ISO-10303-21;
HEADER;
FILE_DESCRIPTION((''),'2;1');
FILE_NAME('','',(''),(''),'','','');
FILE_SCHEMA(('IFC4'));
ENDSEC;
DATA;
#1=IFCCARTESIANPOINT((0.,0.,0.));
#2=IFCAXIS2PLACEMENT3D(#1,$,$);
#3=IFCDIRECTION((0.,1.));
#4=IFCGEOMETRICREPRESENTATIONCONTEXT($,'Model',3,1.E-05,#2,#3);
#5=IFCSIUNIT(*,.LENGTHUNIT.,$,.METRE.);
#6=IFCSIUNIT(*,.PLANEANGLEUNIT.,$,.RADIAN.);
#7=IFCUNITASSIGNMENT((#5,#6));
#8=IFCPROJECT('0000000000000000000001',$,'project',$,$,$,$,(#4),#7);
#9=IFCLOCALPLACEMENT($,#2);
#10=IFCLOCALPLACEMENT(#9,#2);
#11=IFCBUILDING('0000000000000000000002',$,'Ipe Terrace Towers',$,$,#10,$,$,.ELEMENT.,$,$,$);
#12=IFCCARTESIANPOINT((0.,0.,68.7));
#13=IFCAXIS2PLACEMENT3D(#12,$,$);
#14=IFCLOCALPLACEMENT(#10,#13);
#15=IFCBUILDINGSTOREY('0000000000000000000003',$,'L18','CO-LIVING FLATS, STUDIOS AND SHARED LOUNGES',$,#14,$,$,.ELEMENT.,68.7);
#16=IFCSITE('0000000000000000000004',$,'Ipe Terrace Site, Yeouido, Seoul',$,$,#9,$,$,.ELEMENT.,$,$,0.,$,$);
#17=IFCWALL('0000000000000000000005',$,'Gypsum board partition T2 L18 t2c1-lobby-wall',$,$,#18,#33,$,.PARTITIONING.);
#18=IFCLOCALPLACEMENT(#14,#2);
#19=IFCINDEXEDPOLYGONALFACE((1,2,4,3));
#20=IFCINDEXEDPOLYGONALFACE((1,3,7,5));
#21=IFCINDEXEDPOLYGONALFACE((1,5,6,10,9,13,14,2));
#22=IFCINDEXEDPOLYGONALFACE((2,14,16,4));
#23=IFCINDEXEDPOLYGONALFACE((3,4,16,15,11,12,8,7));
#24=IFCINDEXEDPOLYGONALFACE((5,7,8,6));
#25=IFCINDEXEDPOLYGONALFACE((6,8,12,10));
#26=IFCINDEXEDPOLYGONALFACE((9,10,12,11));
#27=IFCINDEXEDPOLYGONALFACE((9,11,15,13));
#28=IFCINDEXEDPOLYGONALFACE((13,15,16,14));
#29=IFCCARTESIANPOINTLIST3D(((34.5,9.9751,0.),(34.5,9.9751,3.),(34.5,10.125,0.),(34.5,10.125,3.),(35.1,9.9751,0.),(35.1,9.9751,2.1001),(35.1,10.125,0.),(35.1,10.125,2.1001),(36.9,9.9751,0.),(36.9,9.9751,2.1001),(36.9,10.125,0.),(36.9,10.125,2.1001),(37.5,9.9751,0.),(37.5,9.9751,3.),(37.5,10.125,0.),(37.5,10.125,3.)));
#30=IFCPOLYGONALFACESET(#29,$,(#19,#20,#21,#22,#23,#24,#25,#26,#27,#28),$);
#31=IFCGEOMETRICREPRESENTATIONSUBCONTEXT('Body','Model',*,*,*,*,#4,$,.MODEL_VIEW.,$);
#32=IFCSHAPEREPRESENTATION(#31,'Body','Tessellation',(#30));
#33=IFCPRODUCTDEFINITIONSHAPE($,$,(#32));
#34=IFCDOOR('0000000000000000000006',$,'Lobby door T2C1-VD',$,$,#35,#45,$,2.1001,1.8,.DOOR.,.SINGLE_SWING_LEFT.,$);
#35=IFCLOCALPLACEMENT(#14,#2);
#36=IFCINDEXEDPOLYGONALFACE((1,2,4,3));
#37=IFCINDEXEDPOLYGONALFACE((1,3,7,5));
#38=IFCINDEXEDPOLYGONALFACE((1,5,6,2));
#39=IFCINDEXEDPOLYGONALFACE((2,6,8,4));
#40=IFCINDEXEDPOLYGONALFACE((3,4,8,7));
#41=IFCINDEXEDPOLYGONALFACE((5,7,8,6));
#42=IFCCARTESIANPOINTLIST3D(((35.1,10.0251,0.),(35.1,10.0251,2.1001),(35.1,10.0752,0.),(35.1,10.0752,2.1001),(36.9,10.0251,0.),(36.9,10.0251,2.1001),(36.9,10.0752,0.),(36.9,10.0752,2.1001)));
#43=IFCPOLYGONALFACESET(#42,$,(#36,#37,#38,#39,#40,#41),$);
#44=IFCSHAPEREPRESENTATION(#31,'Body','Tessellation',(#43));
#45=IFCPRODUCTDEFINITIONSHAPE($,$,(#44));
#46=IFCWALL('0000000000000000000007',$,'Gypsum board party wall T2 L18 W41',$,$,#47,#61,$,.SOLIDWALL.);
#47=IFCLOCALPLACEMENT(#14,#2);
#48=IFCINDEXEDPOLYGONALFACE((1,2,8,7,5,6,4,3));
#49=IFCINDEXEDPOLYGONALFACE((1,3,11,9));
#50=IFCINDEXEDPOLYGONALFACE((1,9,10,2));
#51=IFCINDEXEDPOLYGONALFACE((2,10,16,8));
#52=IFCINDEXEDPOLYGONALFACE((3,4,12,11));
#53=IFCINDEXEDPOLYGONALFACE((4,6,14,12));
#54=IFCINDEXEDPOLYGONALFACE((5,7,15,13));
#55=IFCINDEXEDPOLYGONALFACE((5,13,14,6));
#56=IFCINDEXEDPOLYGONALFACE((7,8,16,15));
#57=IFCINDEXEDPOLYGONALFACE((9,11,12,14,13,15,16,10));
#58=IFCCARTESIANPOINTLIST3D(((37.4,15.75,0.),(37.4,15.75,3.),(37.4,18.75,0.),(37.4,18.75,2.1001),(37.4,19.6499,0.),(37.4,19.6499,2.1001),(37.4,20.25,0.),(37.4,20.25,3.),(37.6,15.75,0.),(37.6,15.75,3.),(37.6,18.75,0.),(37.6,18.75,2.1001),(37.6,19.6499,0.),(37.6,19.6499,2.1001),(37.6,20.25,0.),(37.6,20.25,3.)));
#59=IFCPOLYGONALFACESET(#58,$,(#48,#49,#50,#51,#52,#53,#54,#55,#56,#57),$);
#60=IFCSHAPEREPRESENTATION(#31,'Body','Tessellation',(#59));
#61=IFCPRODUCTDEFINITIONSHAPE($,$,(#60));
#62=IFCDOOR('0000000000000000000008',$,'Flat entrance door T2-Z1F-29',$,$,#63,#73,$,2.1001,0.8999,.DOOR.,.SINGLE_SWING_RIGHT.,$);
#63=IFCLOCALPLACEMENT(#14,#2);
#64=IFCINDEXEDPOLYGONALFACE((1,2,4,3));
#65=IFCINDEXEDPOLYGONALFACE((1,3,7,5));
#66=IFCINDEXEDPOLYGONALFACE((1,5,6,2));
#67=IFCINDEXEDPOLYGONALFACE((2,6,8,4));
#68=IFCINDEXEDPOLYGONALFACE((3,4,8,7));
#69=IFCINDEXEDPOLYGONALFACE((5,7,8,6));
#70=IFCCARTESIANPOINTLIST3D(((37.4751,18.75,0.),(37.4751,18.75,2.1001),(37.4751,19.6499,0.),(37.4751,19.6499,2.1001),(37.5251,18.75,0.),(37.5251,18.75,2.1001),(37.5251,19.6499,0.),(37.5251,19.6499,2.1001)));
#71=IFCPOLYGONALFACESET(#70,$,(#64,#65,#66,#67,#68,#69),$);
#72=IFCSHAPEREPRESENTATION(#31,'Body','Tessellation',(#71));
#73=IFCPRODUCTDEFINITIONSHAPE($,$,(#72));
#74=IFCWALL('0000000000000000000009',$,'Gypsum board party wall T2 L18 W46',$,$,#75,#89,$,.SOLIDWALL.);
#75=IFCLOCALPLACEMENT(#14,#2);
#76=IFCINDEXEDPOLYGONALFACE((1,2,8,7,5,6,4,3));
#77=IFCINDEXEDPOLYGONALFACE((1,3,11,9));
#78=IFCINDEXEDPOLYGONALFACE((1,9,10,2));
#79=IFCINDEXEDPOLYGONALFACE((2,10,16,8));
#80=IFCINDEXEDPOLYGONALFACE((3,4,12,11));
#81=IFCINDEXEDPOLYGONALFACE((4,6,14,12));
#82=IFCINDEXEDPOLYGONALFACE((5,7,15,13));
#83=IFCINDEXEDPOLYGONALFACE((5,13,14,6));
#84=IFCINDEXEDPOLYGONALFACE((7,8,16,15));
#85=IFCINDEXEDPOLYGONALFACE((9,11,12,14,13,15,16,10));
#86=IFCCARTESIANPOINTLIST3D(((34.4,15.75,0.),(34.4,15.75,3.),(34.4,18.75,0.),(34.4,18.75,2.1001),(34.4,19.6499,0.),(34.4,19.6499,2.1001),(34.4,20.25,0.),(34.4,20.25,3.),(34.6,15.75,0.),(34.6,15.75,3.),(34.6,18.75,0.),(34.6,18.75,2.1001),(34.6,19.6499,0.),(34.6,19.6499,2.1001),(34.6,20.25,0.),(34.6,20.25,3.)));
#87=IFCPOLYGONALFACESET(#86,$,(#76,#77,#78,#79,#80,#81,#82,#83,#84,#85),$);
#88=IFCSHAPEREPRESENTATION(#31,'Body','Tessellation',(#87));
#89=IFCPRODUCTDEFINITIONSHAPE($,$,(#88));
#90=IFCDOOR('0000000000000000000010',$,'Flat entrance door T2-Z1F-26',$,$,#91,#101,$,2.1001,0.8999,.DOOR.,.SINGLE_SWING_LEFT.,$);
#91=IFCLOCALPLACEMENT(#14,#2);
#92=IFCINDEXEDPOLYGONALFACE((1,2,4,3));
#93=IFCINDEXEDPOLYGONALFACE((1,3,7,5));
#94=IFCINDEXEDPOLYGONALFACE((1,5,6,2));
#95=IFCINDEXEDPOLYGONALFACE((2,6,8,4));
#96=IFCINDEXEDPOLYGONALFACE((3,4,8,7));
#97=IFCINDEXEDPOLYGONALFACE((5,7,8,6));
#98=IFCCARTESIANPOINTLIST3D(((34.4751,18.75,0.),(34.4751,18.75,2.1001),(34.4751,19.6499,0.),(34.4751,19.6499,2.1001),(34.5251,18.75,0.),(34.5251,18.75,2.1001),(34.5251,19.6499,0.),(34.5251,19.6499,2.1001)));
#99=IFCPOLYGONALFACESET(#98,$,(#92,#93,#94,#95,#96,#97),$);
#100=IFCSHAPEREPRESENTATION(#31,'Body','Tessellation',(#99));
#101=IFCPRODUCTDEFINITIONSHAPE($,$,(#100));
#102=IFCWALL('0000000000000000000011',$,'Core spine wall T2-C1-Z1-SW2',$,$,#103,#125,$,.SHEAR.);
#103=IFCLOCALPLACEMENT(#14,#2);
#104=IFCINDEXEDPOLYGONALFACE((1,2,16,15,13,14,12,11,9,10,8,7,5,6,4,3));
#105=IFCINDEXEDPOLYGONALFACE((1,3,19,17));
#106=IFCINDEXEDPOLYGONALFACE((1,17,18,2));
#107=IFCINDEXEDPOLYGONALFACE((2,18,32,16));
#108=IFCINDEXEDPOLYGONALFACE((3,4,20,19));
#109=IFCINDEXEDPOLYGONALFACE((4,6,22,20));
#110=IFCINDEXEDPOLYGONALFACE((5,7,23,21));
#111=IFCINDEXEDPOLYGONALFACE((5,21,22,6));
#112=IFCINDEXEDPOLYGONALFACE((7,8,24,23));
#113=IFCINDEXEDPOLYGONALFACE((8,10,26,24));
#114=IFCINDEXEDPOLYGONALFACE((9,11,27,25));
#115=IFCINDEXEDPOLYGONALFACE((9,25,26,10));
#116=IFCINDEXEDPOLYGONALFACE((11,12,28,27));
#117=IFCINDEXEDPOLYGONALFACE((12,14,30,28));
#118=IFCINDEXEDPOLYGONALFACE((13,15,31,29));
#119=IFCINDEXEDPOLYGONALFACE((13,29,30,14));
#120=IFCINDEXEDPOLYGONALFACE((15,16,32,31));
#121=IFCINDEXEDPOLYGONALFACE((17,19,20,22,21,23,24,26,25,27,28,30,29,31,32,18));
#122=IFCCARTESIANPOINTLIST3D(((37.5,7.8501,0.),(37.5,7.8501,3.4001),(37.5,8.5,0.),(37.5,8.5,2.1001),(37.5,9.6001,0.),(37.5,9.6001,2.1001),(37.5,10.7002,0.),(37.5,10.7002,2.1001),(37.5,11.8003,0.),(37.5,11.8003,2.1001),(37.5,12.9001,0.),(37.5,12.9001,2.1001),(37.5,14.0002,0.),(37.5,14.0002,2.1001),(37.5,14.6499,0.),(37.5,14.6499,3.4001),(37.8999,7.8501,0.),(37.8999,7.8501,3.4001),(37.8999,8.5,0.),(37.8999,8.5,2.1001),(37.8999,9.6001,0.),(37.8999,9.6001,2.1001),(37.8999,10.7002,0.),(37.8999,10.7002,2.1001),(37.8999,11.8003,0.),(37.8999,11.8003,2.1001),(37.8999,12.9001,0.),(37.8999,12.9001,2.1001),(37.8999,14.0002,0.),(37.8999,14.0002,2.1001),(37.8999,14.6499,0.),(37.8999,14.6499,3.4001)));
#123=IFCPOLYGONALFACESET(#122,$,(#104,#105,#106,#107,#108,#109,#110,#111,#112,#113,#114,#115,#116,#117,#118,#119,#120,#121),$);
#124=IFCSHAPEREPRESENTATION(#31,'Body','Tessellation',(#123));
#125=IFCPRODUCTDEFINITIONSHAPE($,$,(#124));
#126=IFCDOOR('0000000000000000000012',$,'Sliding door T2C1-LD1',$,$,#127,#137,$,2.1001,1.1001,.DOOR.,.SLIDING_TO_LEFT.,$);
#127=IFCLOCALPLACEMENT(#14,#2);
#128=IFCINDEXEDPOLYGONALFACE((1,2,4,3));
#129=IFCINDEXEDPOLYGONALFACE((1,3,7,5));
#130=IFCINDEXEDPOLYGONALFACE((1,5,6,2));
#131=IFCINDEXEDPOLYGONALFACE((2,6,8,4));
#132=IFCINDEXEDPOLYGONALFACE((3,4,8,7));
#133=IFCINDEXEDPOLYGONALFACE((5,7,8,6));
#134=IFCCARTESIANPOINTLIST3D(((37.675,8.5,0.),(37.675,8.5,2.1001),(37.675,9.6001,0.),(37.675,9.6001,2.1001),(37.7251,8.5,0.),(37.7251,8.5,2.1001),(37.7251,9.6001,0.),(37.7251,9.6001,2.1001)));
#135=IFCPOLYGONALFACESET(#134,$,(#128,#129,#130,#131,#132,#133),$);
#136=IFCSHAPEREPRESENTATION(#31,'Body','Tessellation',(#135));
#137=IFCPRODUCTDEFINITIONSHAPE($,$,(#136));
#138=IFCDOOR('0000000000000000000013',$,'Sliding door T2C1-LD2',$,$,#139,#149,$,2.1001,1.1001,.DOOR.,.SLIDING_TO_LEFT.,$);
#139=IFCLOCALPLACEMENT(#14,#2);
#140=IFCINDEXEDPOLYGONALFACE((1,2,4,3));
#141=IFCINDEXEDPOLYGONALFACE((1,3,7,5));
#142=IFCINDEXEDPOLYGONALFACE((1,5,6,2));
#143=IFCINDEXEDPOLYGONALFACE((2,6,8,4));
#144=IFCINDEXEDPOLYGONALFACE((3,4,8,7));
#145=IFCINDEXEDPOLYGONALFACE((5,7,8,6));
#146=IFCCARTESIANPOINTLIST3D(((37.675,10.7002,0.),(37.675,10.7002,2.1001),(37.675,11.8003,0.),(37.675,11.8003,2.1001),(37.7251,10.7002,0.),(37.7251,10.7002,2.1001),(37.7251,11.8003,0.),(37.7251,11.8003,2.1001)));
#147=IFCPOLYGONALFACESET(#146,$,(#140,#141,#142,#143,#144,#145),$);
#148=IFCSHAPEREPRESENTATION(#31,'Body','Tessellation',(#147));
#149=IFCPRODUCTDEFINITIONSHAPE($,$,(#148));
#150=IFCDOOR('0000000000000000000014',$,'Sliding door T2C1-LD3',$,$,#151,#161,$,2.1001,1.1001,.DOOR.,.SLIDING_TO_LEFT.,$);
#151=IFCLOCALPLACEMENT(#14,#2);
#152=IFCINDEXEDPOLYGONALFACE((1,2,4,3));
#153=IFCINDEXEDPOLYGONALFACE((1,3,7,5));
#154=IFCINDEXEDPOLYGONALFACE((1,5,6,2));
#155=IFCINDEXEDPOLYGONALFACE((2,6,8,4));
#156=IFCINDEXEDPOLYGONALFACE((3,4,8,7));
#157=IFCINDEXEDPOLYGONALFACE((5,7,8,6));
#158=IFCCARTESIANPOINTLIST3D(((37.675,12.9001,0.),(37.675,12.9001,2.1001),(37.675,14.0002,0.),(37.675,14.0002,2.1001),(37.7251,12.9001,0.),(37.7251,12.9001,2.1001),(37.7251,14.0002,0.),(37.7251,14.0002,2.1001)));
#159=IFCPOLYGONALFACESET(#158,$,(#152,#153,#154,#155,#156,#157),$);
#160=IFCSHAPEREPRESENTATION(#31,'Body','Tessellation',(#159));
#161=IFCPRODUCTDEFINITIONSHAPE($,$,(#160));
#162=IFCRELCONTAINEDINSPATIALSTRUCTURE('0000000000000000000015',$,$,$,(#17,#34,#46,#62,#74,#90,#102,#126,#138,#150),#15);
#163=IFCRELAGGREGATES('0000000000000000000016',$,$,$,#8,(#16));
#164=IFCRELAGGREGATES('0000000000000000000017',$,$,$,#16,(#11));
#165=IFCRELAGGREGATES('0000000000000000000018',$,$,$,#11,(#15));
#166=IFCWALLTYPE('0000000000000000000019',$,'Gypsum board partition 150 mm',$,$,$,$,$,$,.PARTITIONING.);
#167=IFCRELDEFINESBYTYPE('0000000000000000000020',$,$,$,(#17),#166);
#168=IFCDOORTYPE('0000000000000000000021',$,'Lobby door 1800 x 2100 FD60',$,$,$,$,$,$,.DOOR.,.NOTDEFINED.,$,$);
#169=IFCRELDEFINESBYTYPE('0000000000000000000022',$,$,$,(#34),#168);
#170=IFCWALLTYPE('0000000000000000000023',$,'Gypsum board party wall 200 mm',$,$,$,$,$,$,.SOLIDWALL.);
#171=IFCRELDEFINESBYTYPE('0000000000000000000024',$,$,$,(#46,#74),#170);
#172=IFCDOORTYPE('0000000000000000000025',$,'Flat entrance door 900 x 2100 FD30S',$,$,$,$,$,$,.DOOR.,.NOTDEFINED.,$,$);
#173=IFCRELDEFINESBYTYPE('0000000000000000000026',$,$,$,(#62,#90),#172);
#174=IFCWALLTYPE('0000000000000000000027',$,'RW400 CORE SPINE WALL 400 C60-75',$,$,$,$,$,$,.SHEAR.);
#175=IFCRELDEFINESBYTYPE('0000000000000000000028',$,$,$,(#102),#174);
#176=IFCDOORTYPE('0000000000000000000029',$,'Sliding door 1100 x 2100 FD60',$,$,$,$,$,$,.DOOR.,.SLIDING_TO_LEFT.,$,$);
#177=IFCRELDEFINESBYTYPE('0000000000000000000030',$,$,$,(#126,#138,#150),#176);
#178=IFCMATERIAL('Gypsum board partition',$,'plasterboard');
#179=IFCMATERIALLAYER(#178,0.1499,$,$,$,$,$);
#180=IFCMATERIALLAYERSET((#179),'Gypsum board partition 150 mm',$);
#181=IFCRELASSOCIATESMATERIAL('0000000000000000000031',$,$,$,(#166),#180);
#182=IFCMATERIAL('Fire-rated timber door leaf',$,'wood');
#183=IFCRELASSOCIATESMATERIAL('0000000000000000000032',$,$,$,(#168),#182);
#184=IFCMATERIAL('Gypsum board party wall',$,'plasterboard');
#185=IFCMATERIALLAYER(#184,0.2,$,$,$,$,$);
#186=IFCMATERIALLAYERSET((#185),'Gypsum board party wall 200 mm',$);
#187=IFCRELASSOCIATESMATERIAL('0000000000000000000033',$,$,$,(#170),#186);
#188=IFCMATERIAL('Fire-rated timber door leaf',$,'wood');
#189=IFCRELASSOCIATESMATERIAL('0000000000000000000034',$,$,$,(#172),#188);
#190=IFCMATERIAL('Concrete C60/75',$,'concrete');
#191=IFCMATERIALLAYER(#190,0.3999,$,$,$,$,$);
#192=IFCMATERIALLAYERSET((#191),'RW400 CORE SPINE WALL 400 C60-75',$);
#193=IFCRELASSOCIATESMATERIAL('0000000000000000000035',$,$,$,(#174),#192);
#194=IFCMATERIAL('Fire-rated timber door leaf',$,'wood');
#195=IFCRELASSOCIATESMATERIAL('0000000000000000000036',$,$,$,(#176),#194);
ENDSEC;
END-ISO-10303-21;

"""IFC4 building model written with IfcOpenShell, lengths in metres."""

from ifc_helpers import new_model, si_unit, direction, frame, frame_2d, origin, place, context, subcontext, project, spatial, rectangle, extrude, material, layer, layer_set, type_object, element, fill, save


model = new_model("IFC4")

# Units and contexts
model_context = context("Model", 3, precision=1e-05, world=origin(), true_north=direction((0.0, 1.0)))
body_context = subcontext(model_context, "Body", "Model", "MODEL_VIEW")
ifc_project = project(units=[si_unit("LENGTHUNIT", "METRE"), si_unit("PLANEANGLEUNIT", "RADIAN")], contexts=[model_context])

# Site, building, storey
site_placement = place(None, origin())
site = spatial("IfcSite", under=ifc_project, at=site_placement, Name="Ipe Terrace Site, Yeouido, Seoul", CompositionType="ELEMENT", RefElevation=0.0)
building_placement = place(site_placement, origin())
building = spatial("IfcBuilding", under=site, at=building_placement, Name="Ipe Terrace Towers", CompositionType="ELEMENT")
storey_placement = place(building_placement, frame((0.0, 0.0, 68.7)))
storey = spatial("IfcBuildingStorey", under=building, at=storey_placement, Name="L18", Description="CO-LIVING FLATS, STUDIOS AND SHARED LOUNGES", CompositionType="ELEMENT", Elevation=68.7)

# Walls, openings, doors
ifc_material_1 = material(Name="Gypsum board partition", Category="plasterboard")
ifc_layer_1 = layer(ifc_material_1, 0.1499)
ifc_layer_set_1 = layer_set([ifc_layer_1], Name="Gypsum board partition 150 mm")
wall_type_1 = type_object("IfcWallType", Name="Gypsum board partition 150 mm", PredefinedType="PARTITIONING", material=ifc_layer_set_1)
wall_1_placement = place(storey_placement, frame((37.5, 10.05, 0.0), z_axis=(0.0, 0.0, 1.0), x_axis=(-1.0, 0.0, 0.0)))
wall_1 = element("IfcWall", 1, at=wall_1_placement, inside=storey, type_object=wall_type_1, Name="Gypsum board partition T2 L18 t2c1-lobby-wall", PredefinedType="PARTITIONING", context=body_context, shape_type="SweptSolid", body=[
    extrude(rectangle(XDim=3.0, YDim=0.1499, at=frame_2d((1.5, 0.0))), origin(), (0.0, 0.0, 1.0), 3.0),
])
opening_1_placement = place(wall_1_placement, frame((0.6001, 0.0, 0.0)))
opening_1 = element("IfcOpeningElement", 2, at=opening_1_placement, cuts=wall_1, PredefinedType="OPENING", context=body_context, shape_type="SweptSolid", body=[
    extrude(rectangle(XDim=1.8, YDim=2.1001, at=frame_2d((0.8999, 1.05))), frame((0.0, 0.085, 0.0), z_axis=(0.0, -1.0, 0.0), x_axis=(1.0, 0.0, 0.0)), (0.0, 0.0, 1.0), 0.1699),
])
ifc_material_2 = material(Name="Fire-rated timber door leaf", Category="wood")
door_type_1 = type_object("IfcDoorType", Name="Lobby door 1800 x 2100 FD60", OperationType="NOTDEFINED", PredefinedType="DOOR", material=ifc_material_2)
door_1_placement = place(opening_1_placement, origin())
door_1 = element("IfcDoor", 3, at=door_1_placement, inside=storey, type_object=door_type_1, Name="Lobby door T2C1-VD", OperationType="SINGLE_SWING_LEFT", OverallHeight=2.1001, OverallWidth=1.8, PredefinedType="DOOR", context=body_context, shape_type="SweptSolid", body=[
    extrude(rectangle(XDim=1.8, YDim=2.1001, at=frame_2d((0.8999, 1.05))), frame((0.0, 0.0249, 0.0), z_axis=(0.0, -1.0, 0.0), x_axis=(1.0, 0.0, 0.0)), (0.0, 0.0, 1.0), 0.05),
])
fill(opening_1, door_1)
ifc_material_3 = material(Name="Gypsum board party wall", Category="plasterboard")
ifc_layer_2 = layer(ifc_material_3, 0.2)
ifc_layer_set_2 = layer_set([ifc_layer_2], Name="Gypsum board party wall 200 mm")
wall_type_2 = type_object("IfcWallType", Name="Gypsum board party wall 200 mm", PredefinedType="SOLIDWALL", material=ifc_layer_set_2)
wall_2_placement = place(storey_placement, frame((37.5, 15.75, 0.0), z_axis=(0.0, 0.0, 1.0), x_axis=(0.0, 1.0, 0.0)))
wall_2 = element("IfcWall", 4, at=wall_2_placement, inside=storey, type_object=wall_type_2, Name="Gypsum board party wall T2 L18 W41", PredefinedType="SOLIDWALL", context=body_context, shape_type="SweptSolid", body=[
    extrude(rectangle(XDim=4.5, YDim=0.2, at=frame_2d((2.25, 0.0))), origin(), (0.0, 0.0, 1.0), 3.0),
])
opening_2_placement = place(wall_2_placement, frame((3.0, 0.0, 0.0)))
opening_2 = element("IfcOpeningElement", 5, at=opening_2_placement, cuts=wall_2, PredefinedType="OPENING", context=body_context, shape_type="SweptSolid", body=[
    extrude(rectangle(XDim=0.8999, YDim=2.1001, at=frame_2d((0.45, 1.05))), frame((0.0, 0.1099, 0.0), z_axis=(0.0, -1.0, 0.0), x_axis=(1.0, 0.0, 0.0)), (0.0, 0.0, 1.0), 0.22),
])
ifc_material_4 = material(Name="Fire-rated timber door leaf", Category="wood")
door_type_2 = type_object("IfcDoorType", Name="Flat entrance door 900 x 2100 FD30S", OperationType="NOTDEFINED", PredefinedType="DOOR", material=ifc_material_4)
door_2_placement = place(opening_2_placement, origin())
door_2 = element("IfcDoor", 6, at=door_2_placement, inside=storey, type_object=door_type_2, Name="Flat entrance door T2-Z1F-29", OperationType="SINGLE_SWING_RIGHT", OverallHeight=2.1001, OverallWidth=0.8999, PredefinedType="DOOR", context=body_context, shape_type="SweptSolid", body=[
    extrude(rectangle(XDim=0.8999, YDim=2.1001, at=frame_2d((0.45, 1.05))), frame((0.0, 0.0249, 0.0), z_axis=(0.0, -1.0, 0.0), x_axis=(1.0, 0.0, 0.0)), (0.0, 0.0, 1.0), 0.05),
])
fill(opening_2, door_2)
wall_3_placement = place(storey_placement, frame((34.5, 15.75, 0.0), z_axis=(0.0, 0.0, 1.0), x_axis=(0.0, 1.0, 0.0)))
wall_3 = element("IfcWall", 7, at=wall_3_placement, inside=storey, type_object=wall_type_2, Name="Gypsum board party wall T2 L18 W46", PredefinedType="SOLIDWALL", context=body_context, shape_type="SweptSolid", body=[
    extrude(rectangle(XDim=4.5, YDim=0.2, at=frame_2d((2.25, 0.0))), origin(), (0.0, 0.0, 1.0), 3.0),
])
opening_3_placement = place(wall_3_placement, frame((3.0, 0.0, 0.0)))
opening_3 = element("IfcOpeningElement", 8, at=opening_3_placement, cuts=wall_3, PredefinedType="OPENING", context=body_context, shape_type="SweptSolid", body=[
    extrude(rectangle(XDim=0.8999, YDim=2.1001, at=frame_2d((0.45, 1.05))), frame((0.0, 0.1099, 0.0), z_axis=(0.0, -1.0, 0.0), x_axis=(1.0, 0.0, 0.0)), (0.0, 0.0, 1.0), 0.22),
])
door_3_placement = place(opening_3_placement, origin())
door_3 = element("IfcDoor", 9, at=door_3_placement, inside=storey, type_object=door_type_2, Name="Flat entrance door T2-Z1F-26", OperationType="SINGLE_SWING_LEFT", OverallHeight=2.1001, OverallWidth=0.8999, PredefinedType="DOOR", context=body_context, shape_type="SweptSolid", body=[
    extrude(rectangle(XDim=0.8999, YDim=2.1001, at=frame_2d((0.45, 1.05))), frame((0.0, 0.0249, 0.0), z_axis=(0.0, -1.0, 0.0), x_axis=(1.0, 0.0, 0.0)), (0.0, 0.0, 1.0), 0.05),
])
fill(opening_3, door_3)

# Wall, openings, doors
ifc_material_5 = material(Name="Concrete C60/75", Category="concrete")
ifc_layer_3 = layer(ifc_material_5, 0.3999)
ifc_layer_set_3 = layer_set([ifc_layer_3], Name="RW400 CORE SPINE WALL 400 C60-75")
wall_type_3 = type_object("IfcWallType", Name="RW400 CORE SPINE WALL 400 C60-75", PredefinedType="SHEAR", material=ifc_layer_set_3)
wall_4_placement = place(storey_placement, frame((37.7, 7.8501, 0.0), z_axis=(0.0, 0.0, 1.0), x_axis=(0.0, 1.0, 0.0)))
wall_4 = element("IfcWall", 10, at=wall_4_placement, inside=storey, type_object=wall_type_3, Name="Core spine wall T2-C1-Z1-SW2", PredefinedType="SHEAR", context=body_context, shape_type="SweptSolid", body=[
    extrude(rectangle(XDim=6.7998, YDim=0.3999, at=frame_2d((3.3999, 0.0))), origin(), (0.0, 0.0, 1.0), 3.4001),
])
opening_4_placement = place(wall_4_placement, frame((0.6499, 0.0, 0.0)))
opening_4 = element("IfcOpeningElement", 11, at=opening_4_placement, cuts=wall_4, PredefinedType="OPENING", context=body_context, shape_type="SweptSolid", body=[
    extrude(rectangle(XDim=1.1001, YDim=2.1001, at=frame_2d((0.55, 1.05))), frame((0.0, 0.21, 0.0), z_axis=(0.0, -1.0, 0.0), x_axis=(1.0, 0.0, 0.0)), (0.0, 0.0, 1.0), 0.4199),
])
opening_5_placement = place(wall_4_placement, frame((2.8501, 0.0, 0.0)))
opening_5 = element("IfcOpeningElement", 12, at=opening_5_placement, cuts=wall_4, PredefinedType="OPENING", context=body_context, shape_type="SweptSolid", body=[
    extrude(rectangle(XDim=1.1001, YDim=2.1001, at=frame_2d((0.55, 1.05))), frame((0.0, 0.21, 0.0), z_axis=(0.0, -1.0, 0.0), x_axis=(1.0, 0.0, 0.0)), (0.0, 0.0, 1.0), 0.4199),
])
opening_6_placement = place(wall_4_placement, frame((5.05, 0.0, 0.0)))
opening_6 = element("IfcOpeningElement", 13, at=opening_6_placement, cuts=wall_4, PredefinedType="OPENING", context=body_context, shape_type="SweptSolid", body=[
    extrude(rectangle(XDim=1.1001, YDim=2.1001, at=frame_2d((0.55, 1.05))), frame((0.0, 0.21, 0.0), z_axis=(0.0, -1.0, 0.0), x_axis=(1.0, 0.0, 0.0)), (0.0, 0.0, 1.0), 0.4199),
])
ifc_material_6 = material(Name="Fire-rated timber door leaf", Category="wood")
door_type_3 = type_object("IfcDoorType", Name="Sliding door 1100 x 2100 FD60", OperationType="SLIDING_TO_LEFT", PredefinedType="DOOR", material=ifc_material_6)
door_4_placement = place(opening_4_placement, origin())
door_4 = element("IfcDoor", 14, at=door_4_placement, inside=storey, type_object=door_type_3, Name="Sliding door T2C1-LD1", OperationType="SLIDING_TO_LEFT", OverallHeight=2.1001, OverallWidth=1.1001, PredefinedType="DOOR", context=body_context, shape_type="SweptSolid", body=[
    extrude(rectangle(XDim=1.1001, YDim=2.1001, at=frame_2d((0.55, 1.05))), frame((0.0, 0.0249, 0.0), z_axis=(0.0, -1.0, 0.0), x_axis=(1.0, 0.0, 0.0)), (0.0, 0.0, 1.0), 0.05),
])
fill(opening_4, door_4)
door_5_placement = place(opening_5_placement, origin())
door_5 = element("IfcDoor", 15, at=door_5_placement, inside=storey, type_object=door_type_3, Name="Sliding door T2C1-LD2", OperationType="SLIDING_TO_LEFT", OverallHeight=2.1001, OverallWidth=1.1001, PredefinedType="DOOR", context=body_context, shape_type="SweptSolid", body=[
    extrude(rectangle(XDim=1.1001, YDim=2.1001, at=frame_2d((0.55, 1.05))), frame((0.0, 0.0249, 0.0), z_axis=(0.0, -1.0, 0.0), x_axis=(1.0, 0.0, 0.0)), (0.0, 0.0, 1.0), 0.05),
])
fill(opening_5, door_5)
door_6_placement = place(opening_6_placement, origin())
door_6 = element("IfcDoor", 16, at=door_6_placement, inside=storey, type_object=door_type_3, Name="Sliding door T2C1-LD3", OperationType="SLIDING_TO_LEFT", OverallHeight=2.1001, OverallWidth=1.1001, PredefinedType="DOOR", context=body_context, shape_type="SweptSolid", body=[
    extrude(rectangle(XDim=1.1001, YDim=2.1001, at=frame_2d((0.55, 1.05))), frame((0.0, 0.0249, 0.0), z_axis=(0.0, -1.0, 0.0), x_axis=(1.0, 0.0, 0.0)), (0.0, 0.0, 1.0), 0.05),
])
fill(opening_6, door_6)

save(model, "model.ifc")
